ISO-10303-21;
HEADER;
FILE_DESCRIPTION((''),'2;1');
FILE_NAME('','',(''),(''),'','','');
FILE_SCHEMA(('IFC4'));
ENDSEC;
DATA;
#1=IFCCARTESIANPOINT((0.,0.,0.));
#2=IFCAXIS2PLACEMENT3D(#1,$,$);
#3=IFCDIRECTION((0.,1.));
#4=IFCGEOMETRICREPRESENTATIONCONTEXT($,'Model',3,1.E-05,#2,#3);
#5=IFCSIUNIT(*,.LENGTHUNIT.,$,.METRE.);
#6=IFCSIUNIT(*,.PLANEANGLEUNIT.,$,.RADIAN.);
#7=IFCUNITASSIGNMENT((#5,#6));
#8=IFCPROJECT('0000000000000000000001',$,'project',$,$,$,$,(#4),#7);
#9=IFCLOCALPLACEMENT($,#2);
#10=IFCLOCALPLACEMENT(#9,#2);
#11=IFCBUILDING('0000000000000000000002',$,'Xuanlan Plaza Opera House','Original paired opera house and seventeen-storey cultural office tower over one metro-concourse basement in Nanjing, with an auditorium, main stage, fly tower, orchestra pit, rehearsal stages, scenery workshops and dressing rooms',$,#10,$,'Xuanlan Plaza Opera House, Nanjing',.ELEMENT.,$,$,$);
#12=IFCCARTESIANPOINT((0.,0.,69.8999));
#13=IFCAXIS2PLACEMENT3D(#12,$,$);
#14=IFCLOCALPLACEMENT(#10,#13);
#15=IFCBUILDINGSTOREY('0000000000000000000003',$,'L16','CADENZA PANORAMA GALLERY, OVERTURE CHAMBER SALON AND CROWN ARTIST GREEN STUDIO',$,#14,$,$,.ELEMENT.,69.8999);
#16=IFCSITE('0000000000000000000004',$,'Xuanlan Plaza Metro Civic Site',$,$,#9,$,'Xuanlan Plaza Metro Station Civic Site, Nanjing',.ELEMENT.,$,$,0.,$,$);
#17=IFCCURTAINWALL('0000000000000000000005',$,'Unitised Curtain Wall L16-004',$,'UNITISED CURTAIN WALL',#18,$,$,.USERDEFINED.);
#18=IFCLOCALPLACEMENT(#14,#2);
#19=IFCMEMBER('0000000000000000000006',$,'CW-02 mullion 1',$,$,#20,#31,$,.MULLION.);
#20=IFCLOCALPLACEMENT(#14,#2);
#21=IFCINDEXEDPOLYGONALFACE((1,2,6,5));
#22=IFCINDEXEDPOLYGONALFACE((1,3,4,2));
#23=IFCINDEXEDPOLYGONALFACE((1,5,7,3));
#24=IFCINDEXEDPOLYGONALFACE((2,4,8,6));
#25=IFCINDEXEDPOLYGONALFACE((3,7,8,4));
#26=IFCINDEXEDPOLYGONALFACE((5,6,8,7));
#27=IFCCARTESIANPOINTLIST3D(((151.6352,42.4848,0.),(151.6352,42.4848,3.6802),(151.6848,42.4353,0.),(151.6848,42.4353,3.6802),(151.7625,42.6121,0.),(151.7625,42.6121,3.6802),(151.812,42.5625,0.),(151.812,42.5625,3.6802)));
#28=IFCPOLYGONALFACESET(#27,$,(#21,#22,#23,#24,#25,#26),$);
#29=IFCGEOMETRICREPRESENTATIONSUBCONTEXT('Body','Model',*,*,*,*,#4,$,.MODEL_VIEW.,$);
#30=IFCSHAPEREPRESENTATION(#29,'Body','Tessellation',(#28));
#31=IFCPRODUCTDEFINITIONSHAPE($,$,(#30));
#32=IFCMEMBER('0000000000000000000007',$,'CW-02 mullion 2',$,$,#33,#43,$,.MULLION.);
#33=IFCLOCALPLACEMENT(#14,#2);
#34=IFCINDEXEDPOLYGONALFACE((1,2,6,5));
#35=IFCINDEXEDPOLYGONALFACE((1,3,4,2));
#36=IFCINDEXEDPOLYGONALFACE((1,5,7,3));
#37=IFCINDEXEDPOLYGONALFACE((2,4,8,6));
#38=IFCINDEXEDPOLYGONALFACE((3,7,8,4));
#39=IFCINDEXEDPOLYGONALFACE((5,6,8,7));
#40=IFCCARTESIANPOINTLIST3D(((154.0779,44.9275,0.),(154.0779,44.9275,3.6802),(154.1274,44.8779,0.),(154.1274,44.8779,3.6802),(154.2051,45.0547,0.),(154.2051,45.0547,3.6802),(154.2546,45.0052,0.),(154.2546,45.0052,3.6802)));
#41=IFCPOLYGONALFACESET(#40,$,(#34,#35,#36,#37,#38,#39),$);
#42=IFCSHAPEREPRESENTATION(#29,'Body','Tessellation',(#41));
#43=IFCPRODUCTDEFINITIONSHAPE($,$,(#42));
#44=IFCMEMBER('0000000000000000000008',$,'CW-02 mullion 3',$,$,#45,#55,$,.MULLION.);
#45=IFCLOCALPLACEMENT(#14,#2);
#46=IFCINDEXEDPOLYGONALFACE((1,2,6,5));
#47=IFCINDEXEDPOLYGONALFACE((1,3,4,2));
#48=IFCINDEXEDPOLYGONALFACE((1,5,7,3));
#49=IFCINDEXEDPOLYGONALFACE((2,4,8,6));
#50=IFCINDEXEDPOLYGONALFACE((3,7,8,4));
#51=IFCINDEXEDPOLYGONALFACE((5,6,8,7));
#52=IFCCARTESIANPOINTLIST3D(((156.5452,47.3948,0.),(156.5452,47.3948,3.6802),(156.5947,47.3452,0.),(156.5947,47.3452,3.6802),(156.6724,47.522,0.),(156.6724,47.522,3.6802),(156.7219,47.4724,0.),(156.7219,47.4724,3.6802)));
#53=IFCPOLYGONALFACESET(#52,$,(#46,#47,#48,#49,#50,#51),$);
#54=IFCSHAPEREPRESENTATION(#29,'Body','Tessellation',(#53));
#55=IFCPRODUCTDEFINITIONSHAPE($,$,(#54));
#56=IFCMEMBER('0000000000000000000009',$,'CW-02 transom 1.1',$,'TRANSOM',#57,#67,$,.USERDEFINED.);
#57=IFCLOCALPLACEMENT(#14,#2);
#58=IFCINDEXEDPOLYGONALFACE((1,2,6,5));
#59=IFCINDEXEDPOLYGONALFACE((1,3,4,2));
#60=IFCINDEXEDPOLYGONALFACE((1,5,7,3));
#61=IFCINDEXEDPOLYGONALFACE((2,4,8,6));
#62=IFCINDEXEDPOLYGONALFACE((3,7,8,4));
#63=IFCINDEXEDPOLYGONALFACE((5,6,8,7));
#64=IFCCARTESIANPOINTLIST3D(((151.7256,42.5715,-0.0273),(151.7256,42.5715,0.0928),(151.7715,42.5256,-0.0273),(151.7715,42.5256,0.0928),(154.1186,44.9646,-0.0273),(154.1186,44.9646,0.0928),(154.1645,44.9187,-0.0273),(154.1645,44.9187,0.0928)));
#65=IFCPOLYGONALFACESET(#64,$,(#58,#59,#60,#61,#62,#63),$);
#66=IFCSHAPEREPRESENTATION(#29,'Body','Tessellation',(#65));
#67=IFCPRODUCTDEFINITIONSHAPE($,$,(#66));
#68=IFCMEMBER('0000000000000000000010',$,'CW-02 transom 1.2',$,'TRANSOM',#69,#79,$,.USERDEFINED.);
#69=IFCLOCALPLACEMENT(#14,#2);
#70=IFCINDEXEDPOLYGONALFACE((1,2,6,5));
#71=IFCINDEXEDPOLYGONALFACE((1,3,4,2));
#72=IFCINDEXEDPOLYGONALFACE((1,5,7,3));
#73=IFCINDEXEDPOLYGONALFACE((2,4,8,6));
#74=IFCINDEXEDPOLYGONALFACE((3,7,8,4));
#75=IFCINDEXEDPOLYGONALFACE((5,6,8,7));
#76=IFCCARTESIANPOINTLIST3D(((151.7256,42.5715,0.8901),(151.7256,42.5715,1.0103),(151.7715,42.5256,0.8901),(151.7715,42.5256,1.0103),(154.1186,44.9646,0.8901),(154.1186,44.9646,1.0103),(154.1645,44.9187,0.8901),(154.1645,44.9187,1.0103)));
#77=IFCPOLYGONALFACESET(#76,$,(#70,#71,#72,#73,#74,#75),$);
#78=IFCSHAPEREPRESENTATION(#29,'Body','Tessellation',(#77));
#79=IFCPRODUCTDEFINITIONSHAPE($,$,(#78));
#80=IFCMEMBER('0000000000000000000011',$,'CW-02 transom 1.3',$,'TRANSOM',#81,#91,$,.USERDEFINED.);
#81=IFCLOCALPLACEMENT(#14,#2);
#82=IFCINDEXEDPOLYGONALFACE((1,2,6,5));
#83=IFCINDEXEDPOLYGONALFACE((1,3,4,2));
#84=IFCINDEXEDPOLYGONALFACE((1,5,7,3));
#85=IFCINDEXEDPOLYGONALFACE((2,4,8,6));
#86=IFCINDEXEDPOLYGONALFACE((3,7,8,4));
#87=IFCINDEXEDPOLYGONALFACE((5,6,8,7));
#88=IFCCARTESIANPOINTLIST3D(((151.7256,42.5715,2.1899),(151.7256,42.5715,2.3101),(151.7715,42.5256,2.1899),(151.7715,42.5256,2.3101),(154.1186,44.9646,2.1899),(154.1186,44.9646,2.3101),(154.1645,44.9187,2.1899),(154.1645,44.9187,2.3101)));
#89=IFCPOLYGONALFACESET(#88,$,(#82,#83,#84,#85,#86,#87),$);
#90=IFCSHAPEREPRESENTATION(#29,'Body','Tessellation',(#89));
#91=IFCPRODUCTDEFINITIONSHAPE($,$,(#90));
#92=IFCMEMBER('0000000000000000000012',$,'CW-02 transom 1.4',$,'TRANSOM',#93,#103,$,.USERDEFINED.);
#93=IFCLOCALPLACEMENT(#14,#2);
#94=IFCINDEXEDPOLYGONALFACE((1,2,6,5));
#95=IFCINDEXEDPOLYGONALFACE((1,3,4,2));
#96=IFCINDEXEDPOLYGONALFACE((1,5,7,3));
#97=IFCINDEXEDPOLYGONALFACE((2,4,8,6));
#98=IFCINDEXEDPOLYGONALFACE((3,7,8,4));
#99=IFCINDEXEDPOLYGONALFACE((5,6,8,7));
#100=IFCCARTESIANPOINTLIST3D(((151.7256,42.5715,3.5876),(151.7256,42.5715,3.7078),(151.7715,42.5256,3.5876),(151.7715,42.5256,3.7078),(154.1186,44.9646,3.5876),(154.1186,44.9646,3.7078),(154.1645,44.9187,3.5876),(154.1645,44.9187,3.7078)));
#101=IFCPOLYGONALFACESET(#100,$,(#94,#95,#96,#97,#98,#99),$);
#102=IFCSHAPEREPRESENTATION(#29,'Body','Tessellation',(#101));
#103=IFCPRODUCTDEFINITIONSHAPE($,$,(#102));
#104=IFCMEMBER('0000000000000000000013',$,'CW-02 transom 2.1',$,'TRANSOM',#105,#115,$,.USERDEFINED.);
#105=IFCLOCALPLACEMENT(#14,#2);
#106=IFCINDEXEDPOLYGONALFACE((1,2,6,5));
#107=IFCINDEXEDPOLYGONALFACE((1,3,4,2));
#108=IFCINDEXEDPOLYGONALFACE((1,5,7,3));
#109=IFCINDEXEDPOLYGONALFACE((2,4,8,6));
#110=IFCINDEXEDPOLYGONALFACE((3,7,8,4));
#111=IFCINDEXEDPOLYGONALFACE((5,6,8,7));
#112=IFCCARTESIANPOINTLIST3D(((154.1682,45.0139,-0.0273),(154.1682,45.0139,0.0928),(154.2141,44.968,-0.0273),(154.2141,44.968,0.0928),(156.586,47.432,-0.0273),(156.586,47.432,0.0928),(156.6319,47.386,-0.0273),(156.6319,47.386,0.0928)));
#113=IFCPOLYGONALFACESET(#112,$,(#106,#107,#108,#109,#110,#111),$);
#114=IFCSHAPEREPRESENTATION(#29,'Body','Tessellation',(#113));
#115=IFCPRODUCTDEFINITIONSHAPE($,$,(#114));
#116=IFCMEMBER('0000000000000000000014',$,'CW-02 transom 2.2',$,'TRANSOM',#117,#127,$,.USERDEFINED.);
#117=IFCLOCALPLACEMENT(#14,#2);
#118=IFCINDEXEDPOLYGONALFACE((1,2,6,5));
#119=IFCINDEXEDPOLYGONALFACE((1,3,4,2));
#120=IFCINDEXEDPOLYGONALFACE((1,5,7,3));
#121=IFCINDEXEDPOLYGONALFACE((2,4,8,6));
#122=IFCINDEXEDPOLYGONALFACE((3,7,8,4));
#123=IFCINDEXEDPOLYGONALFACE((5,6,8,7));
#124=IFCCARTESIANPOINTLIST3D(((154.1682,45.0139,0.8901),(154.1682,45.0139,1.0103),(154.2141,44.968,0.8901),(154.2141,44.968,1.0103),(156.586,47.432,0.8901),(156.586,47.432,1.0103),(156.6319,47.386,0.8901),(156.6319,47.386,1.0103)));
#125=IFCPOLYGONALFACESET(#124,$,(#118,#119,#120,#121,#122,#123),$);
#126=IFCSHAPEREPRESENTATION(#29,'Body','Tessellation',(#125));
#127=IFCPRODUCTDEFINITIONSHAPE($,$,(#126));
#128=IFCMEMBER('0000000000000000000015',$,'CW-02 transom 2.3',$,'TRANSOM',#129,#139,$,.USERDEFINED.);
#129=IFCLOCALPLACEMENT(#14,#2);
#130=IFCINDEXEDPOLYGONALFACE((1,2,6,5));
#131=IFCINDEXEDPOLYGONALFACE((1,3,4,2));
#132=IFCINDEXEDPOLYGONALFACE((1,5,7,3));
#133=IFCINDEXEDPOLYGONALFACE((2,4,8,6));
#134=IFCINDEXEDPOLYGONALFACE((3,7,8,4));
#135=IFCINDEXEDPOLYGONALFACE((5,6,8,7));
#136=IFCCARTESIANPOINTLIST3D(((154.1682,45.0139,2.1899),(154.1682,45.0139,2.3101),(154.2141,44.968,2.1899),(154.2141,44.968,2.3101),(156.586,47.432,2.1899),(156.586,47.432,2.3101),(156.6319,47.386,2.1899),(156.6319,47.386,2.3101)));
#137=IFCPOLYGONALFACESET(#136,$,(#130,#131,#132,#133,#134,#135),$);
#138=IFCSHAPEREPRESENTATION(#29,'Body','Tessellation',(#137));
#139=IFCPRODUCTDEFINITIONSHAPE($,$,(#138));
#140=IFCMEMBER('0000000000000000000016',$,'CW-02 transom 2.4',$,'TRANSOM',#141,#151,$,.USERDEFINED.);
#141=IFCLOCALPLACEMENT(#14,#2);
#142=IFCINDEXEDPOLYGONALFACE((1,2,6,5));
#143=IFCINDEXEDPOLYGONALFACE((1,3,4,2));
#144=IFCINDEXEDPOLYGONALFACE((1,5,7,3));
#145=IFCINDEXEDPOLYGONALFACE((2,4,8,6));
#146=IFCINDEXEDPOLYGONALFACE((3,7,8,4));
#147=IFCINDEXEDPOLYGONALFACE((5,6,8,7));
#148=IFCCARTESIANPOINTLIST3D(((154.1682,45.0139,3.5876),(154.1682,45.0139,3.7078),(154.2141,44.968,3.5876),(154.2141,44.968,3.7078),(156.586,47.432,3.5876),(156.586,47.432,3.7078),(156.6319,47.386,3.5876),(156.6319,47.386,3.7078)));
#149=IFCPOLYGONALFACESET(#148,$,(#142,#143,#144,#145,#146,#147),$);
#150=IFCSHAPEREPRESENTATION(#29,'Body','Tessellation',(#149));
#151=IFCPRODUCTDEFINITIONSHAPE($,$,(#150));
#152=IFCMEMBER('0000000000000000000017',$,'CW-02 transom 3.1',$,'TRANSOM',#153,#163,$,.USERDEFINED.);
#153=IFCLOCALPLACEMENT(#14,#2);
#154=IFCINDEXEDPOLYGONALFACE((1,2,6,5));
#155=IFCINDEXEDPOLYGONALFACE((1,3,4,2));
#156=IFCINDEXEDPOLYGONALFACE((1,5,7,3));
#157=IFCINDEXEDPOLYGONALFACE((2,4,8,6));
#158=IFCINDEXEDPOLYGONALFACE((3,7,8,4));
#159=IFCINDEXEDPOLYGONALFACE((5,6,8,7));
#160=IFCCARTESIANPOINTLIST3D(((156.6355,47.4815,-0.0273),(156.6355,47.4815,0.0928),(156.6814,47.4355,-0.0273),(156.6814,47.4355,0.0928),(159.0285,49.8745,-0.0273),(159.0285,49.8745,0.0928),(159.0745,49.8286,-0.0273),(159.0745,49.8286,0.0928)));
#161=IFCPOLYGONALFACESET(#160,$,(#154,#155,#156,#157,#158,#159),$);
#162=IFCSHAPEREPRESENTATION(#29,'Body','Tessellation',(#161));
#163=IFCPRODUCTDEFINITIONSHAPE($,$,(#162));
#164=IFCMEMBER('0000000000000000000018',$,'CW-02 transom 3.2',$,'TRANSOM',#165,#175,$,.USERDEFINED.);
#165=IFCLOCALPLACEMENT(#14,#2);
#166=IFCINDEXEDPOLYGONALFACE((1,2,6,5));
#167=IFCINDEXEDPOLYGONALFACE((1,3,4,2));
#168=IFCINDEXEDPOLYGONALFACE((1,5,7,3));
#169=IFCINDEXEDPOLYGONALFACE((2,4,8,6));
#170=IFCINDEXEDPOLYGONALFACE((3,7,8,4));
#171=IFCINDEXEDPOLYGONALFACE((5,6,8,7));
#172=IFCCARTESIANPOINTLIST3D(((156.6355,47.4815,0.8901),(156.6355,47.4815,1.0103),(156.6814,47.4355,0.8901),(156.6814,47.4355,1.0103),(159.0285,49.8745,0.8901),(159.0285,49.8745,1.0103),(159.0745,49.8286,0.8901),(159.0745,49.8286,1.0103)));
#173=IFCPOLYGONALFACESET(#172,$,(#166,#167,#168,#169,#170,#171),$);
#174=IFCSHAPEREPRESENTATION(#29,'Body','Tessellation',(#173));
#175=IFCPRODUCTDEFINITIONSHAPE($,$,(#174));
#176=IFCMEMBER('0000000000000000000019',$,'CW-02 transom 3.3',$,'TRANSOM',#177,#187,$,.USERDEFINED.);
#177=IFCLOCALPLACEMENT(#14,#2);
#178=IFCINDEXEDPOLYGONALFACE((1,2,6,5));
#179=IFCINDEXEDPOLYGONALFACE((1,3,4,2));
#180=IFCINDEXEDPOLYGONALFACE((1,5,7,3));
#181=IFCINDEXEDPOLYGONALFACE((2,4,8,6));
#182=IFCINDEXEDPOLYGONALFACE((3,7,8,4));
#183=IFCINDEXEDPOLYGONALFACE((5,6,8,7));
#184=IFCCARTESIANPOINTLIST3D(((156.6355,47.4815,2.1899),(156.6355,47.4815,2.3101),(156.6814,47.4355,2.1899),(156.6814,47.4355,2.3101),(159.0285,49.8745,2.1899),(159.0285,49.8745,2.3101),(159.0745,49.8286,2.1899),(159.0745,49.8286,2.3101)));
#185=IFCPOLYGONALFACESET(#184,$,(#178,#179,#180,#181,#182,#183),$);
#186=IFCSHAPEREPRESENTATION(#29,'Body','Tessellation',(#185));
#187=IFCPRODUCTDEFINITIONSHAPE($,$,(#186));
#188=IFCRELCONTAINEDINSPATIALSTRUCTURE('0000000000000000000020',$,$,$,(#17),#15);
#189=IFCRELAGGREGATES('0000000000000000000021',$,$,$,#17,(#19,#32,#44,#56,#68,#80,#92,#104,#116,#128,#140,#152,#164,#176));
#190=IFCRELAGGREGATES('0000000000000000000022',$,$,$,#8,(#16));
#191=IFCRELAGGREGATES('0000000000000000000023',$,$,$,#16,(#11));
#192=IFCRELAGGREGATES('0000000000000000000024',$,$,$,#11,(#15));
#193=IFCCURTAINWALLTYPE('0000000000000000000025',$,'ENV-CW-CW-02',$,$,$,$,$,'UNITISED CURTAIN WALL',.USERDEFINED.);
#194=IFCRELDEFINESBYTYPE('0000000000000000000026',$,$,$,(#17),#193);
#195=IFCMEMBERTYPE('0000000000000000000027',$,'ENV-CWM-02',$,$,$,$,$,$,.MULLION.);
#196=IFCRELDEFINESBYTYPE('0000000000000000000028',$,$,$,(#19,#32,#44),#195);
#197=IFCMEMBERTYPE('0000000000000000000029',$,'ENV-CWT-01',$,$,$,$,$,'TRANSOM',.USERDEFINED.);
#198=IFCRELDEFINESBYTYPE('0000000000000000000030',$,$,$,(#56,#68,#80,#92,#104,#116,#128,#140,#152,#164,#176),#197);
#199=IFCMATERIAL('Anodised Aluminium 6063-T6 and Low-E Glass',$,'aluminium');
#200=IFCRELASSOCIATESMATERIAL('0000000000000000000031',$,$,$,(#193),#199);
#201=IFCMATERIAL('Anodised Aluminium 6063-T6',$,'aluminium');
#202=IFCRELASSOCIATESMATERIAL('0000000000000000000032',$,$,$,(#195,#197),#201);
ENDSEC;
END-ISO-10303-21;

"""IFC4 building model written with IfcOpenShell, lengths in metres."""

from ifc_helpers import new_model, si_unit, direction, frame, origin, origin_2d, place, context, subcontext, project, spatial, rectangle, extrude, material, material_profile, profile_set, type_object, element, aggregate, save


model = new_model("IFC4")

# Units and contexts
model_context = context("Model", 3, precision=1e-05, world=origin(), true_north=direction((0.0, 1.0)))
body_context = subcontext(model_context, "Body", "Model", "MODEL_VIEW")
ifc_project = project(units=[si_unit("LENGTHUNIT", "METRE"), si_unit("PLANEANGLEUNIT", "RADIAN")], contexts=[model_context])

# Site, building, storey
site_placement = place(None, origin())
site = spatial("IfcSite", under=ifc_project, at=site_placement, Name="Xuanlan Plaza Metro Civic Site", LongName="Xuanlan Plaza Metro Station Civic Site, Nanjing", CompositionType="ELEMENT", RefElevation=0.0)
building_placement = place(site_placement, origin())
building = spatial("IfcBuilding", under=site, at=building_placement, Name="Xuanlan Plaza Opera House", Description="Original paired opera house and seventeen-storey cultural office tower over one metro-concourse basement in Nanjing, with an auditorium, main stage, fly tower, orchestra pit, rehearsal stages, scenery workshops and dressing rooms", LongName="Xuanlan Plaza Opera House, Nanjing", CompositionType="ELEMENT")
storey_placement = place(building_placement, frame((0.0, 0.0, 69.8999)))
storey = spatial("IfcBuildingStorey", under=building, at=storey_placement, Name="L16", Description="CADENZA PANORAMA GALLERY, OVERTURE CHAMBER SALON AND CROWN ARTIST GREEN STUDIO", CompositionType="ELEMENT", Elevation=69.8999)

# Curtain wall, members
ifc_material_1 = material(Name="Anodised Aluminium 6063-T6 and Low-E Glass", Category="aluminium")
curtain_wall_type = type_object("IfcCurtainWallType", Name="ENV-CW-CW-02", ElementType="UNITISED CURTAIN WALL", PredefinedType="USERDEFINED", material=ifc_material_1)
curtain_wall_placement = place(storey_placement, origin())
curtain_wall = element("IfcCurtainWall", 1, at=curtain_wall_placement, inside=storey, type_object=curtain_wall_type, Name="Unitised Curtain Wall L16-004", ObjectType="UNITISED CURTAIN WALL", PredefinedType="USERDEFINED")
ifc_material_2 = material(Name="Anodised Aluminium 6063-T6", Category="aluminium")
ifc_material_profile_1 = material_profile(ifc_material_2, rectangle(XDim=0.0701, YDim=0.1799, at=origin_2d()), Name="ALU-M 70x180")
ifc_profile_set_1 = profile_set([ifc_material_profile_1], Name="Anodised Aluminium 6063-T6")
member_type_1 = type_object("IfcMemberType", Name="ENV-CWM-02", PredefinedType="MULLION", material=ifc_profile_set_1)
member_1_placement = place(storey_placement, frame((151.7236, 42.5237, 0.0), z_axis=(0.0, 0.0, 1.0), x_axis=(-0.707107, 0.707107, 0.0)))
member_1 = element("IfcMember", 2, at=member_1_placement, type_object=member_type_1, Name="CW-02 mullion 1", PredefinedType="MULLION", context=body_context, shape_type="SweptSolid", body=[
    extrude(rectangle(XDim=0.0701, YDim=0.1799, at=origin_2d()), origin(), (0.0, 0.0, 1.0), 3.6802),
])
member_2_placement = place(storey_placement, frame((154.1663, 44.9663, 0.0), z_axis=(0.0, 0.0, 1.0), x_axis=(-0.707107, 0.707107, 0.0)))
member_2 = element("IfcMember", 3, at=member_2_placement, type_object=member_type_1, Name="CW-02 mullion 2", PredefinedType="MULLION", context=body_context, shape_type="SweptSolid", body=[
    extrude(rectangle(XDim=0.0701, YDim=0.1799, at=origin_2d()), origin(), (0.0, 0.0, 1.0), 3.6802),
])
member_3_placement = place(storey_placement, frame((156.6335, 47.4336, 0.0), z_axis=(0.0, 0.0, 1.0), x_axis=(-0.707107, 0.707107, 0.0)))
member_3 = element("IfcMember", 4, at=member_3_placement, type_object=member_type_1, Name="CW-02 mullion 3", PredefinedType="MULLION", context=body_context, shape_type="SweptSolid", body=[
    extrude(rectangle(XDim=0.0701, YDim=0.1799, at=origin_2d()), origin(), (0.0, 0.0, 1.0), 3.6802),
])
ifc_material_profile_2 = material_profile(ifc_material_2, rectangle(XDim=0.0649, YDim=0.1201, at=origin_2d()), Name="ALU-T 65x120")
ifc_profile_set_2 = profile_set([ifc_material_profile_2], Name="Anodised Aluminium 6063-T6")
member_type_2 = type_object("IfcMemberType", Name="ENV-CWT-01", ElementType="TRANSOM", PredefinedType="USERDEFINED", material=ifc_profile_set_2)
member_4_placement = place(storey_placement, frame((151.7485, 42.5486, 0.0327), z_axis=(0.707107, 0.707107, 0.0), x_axis=(-0.707107, 0.707107, 0.0)))
member_4 = element("IfcMember", 5, at=member_4_placement, type_object=member_type_2, Name="CW-02 transom 1.1", ObjectType="TRANSOM", PredefinedType="USERDEFINED", context=body_context, shape_type="SweptSolid", body=[
    extrude(rectangle(XDim=0.0649, YDim=0.1201, at=origin_2d()), origin(), (0.0, 0.0, 1.0), 3.3843),
])
member_5_placement = place(storey_placement, frame((151.7485, 42.5486, 0.9502), z_axis=(0.707107, 0.707107, 0.0), x_axis=(-0.707107, 0.707107, 0.0)))
member_5 = element("IfcMember", 6, at=member_5_placement, type_object=member_type_2, Name="CW-02 transom 1.2", ObjectType="TRANSOM", PredefinedType="USERDEFINED", context=body_context, shape_type="SweptSolid", body=[
    extrude(rectangle(XDim=0.0649, YDim=0.1201, at=origin_2d()), origin(), (0.0, 0.0, 1.0), 3.3843),
])
member_6_placement = place(storey_placement, frame((151.7485, 42.5486, 2.25), z_axis=(0.707107, 0.707107, 0.0), x_axis=(-0.707107, 0.707107, 0.0)))
member_6 = element("IfcMember", 7, at=member_6_placement, type_object=member_type_2, Name="CW-02 transom 1.3", ObjectType="TRANSOM", PredefinedType="USERDEFINED", context=body_context, shape_type="SweptSolid", body=[
    extrude(rectangle(XDim=0.0649, YDim=0.1201, at=origin_2d()), origin(), (0.0, 0.0, 1.0), 3.3843),
])
member_7_placement = place(storey_placement, frame((151.7485, 42.5486, 3.6477), z_axis=(0.707107, 0.707107, 0.0), x_axis=(-0.707107, 0.707107, 0.0)))
member_7 = element("IfcMember", 8, at=member_7_placement, type_object=member_type_2, Name="CW-02 transom 1.4", ObjectType="TRANSOM", PredefinedType="USERDEFINED", context=body_context, shape_type="SweptSolid", body=[
    extrude(rectangle(XDim=0.0649, YDim=0.1201, at=origin_2d()), origin(), (0.0, 0.0, 1.0), 3.3843),
])
member_8_placement = place(storey_placement, frame((154.1912, 44.991, 0.0327), z_axis=(0.707071, 0.707142, 0.0), x_axis=(-0.707142, 0.707071, 0.0)))
member_8 = element("IfcMember", 9, at=member_8_placement, type_object=member_type_2, Name="CW-02 transom 2.1", ObjectType="TRANSOM", PredefinedType="USERDEFINED", context=body_context, shape_type="SweptSolid", body=[
    extrude(rectangle(XDim=0.0649, YDim=0.1201, at=origin_2d()), origin(), (0.0, 0.0, 1.0), 3.4194),
])
member_9_placement = place(storey_placement, frame((154.1912, 44.991, 0.9502), z_axis=(0.707071, 0.707142, 0.0), x_axis=(-0.707142, 0.707071, 0.0)))
member_9 = element("IfcMember", 10, at=member_9_placement, type_object=member_type_2, Name="CW-02 transom 2.2", ObjectType="TRANSOM", PredefinedType="USERDEFINED", context=body_context, shape_type="SweptSolid", body=[
    extrude(rectangle(XDim=0.0649, YDim=0.1201, at=origin_2d()), origin(), (0.0, 0.0, 1.0), 3.4194),
])
member_10_placement = place(storey_placement, frame((154.1912, 44.991, 2.25), z_axis=(0.707071, 0.707142, 0.0), x_axis=(-0.707142, 0.707071, 0.0)))
member_10 = element("IfcMember", 11, at=member_10_placement, type_object=member_type_2, Name="CW-02 transom 2.3", ObjectType="TRANSOM", PredefinedType="USERDEFINED", context=body_context, shape_type="SweptSolid", body=[
    extrude(rectangle(XDim=0.0649, YDim=0.1201, at=origin_2d()), origin(), (0.0, 0.0, 1.0), 3.4194),
])
member_11_placement = place(storey_placement, frame((154.1912, 44.991, 3.6477), z_axis=(0.707071, 0.707142, 0.0), x_axis=(-0.707142, 0.707071, 0.0)))
member_11 = element("IfcMember", 12, at=member_11_placement, type_object=member_type_2, Name="CW-02 transom 2.4", ObjectType="TRANSOM", PredefinedType="USERDEFINED", context=body_context, shape_type="SweptSolid", body=[
    extrude(rectangle(XDim=0.0649, YDim=0.1201, at=origin_2d()), origin(), (0.0, 0.0, 1.0), 3.4194),
])
member_12_placement = place(storey_placement, frame((156.6584, 47.4585, 0.0327), z_axis=(0.707107, 0.707107, 0.0), x_axis=(-0.707107, 0.707107, 0.0)))
member_12 = element("IfcMember", 13, at=member_12_placement, type_object=member_type_2, Name="CW-02 transom 3.1", ObjectType="TRANSOM", PredefinedType="USERDEFINED", context=body_context, shape_type="SweptSolid", body=[
    extrude(rectangle(XDim=0.0649, YDim=0.1201, at=origin_2d()), origin(), (0.0, 0.0, 1.0), 3.3843),
])
member_13_placement = place(storey_placement, frame((156.6584, 47.4585, 0.9502), z_axis=(0.707107, 0.707107, 0.0), x_axis=(-0.707107, 0.707107, 0.0)))
member_13 = element("IfcMember", 14, at=member_13_placement, type_object=member_type_2, Name="CW-02 transom 3.2", ObjectType="TRANSOM", PredefinedType="USERDEFINED", context=body_context, shape_type="SweptSolid", body=[
    extrude(rectangle(XDim=0.0649, YDim=0.1201, at=origin_2d()), origin(), (0.0, 0.0, 1.0), 3.3843),
])
member_14_placement = place(storey_placement, frame((156.6584, 47.4585, 2.25), z_axis=(0.707107, 0.707107, 0.0), x_axis=(-0.707107, 0.707107, 0.0)))
member_14 = element("IfcMember", 15, at=member_14_placement, type_object=member_type_2, Name="CW-02 transom 3.3", ObjectType="TRANSOM", PredefinedType="USERDEFINED", context=body_context, shape_type="SweptSolid", body=[
    extrude(rectangle(XDim=0.0649, YDim=0.1201, at=origin_2d()), origin(), (0.0, 0.0, 1.0), 3.3843),
])
aggregate(curtain_wall, [member_1, member_2, member_3, member_4, member_5, member_6, member_7, member_8, member_9, member_10, member_11, member_12, member_13, member_14])

save(model, "model.ifc")
